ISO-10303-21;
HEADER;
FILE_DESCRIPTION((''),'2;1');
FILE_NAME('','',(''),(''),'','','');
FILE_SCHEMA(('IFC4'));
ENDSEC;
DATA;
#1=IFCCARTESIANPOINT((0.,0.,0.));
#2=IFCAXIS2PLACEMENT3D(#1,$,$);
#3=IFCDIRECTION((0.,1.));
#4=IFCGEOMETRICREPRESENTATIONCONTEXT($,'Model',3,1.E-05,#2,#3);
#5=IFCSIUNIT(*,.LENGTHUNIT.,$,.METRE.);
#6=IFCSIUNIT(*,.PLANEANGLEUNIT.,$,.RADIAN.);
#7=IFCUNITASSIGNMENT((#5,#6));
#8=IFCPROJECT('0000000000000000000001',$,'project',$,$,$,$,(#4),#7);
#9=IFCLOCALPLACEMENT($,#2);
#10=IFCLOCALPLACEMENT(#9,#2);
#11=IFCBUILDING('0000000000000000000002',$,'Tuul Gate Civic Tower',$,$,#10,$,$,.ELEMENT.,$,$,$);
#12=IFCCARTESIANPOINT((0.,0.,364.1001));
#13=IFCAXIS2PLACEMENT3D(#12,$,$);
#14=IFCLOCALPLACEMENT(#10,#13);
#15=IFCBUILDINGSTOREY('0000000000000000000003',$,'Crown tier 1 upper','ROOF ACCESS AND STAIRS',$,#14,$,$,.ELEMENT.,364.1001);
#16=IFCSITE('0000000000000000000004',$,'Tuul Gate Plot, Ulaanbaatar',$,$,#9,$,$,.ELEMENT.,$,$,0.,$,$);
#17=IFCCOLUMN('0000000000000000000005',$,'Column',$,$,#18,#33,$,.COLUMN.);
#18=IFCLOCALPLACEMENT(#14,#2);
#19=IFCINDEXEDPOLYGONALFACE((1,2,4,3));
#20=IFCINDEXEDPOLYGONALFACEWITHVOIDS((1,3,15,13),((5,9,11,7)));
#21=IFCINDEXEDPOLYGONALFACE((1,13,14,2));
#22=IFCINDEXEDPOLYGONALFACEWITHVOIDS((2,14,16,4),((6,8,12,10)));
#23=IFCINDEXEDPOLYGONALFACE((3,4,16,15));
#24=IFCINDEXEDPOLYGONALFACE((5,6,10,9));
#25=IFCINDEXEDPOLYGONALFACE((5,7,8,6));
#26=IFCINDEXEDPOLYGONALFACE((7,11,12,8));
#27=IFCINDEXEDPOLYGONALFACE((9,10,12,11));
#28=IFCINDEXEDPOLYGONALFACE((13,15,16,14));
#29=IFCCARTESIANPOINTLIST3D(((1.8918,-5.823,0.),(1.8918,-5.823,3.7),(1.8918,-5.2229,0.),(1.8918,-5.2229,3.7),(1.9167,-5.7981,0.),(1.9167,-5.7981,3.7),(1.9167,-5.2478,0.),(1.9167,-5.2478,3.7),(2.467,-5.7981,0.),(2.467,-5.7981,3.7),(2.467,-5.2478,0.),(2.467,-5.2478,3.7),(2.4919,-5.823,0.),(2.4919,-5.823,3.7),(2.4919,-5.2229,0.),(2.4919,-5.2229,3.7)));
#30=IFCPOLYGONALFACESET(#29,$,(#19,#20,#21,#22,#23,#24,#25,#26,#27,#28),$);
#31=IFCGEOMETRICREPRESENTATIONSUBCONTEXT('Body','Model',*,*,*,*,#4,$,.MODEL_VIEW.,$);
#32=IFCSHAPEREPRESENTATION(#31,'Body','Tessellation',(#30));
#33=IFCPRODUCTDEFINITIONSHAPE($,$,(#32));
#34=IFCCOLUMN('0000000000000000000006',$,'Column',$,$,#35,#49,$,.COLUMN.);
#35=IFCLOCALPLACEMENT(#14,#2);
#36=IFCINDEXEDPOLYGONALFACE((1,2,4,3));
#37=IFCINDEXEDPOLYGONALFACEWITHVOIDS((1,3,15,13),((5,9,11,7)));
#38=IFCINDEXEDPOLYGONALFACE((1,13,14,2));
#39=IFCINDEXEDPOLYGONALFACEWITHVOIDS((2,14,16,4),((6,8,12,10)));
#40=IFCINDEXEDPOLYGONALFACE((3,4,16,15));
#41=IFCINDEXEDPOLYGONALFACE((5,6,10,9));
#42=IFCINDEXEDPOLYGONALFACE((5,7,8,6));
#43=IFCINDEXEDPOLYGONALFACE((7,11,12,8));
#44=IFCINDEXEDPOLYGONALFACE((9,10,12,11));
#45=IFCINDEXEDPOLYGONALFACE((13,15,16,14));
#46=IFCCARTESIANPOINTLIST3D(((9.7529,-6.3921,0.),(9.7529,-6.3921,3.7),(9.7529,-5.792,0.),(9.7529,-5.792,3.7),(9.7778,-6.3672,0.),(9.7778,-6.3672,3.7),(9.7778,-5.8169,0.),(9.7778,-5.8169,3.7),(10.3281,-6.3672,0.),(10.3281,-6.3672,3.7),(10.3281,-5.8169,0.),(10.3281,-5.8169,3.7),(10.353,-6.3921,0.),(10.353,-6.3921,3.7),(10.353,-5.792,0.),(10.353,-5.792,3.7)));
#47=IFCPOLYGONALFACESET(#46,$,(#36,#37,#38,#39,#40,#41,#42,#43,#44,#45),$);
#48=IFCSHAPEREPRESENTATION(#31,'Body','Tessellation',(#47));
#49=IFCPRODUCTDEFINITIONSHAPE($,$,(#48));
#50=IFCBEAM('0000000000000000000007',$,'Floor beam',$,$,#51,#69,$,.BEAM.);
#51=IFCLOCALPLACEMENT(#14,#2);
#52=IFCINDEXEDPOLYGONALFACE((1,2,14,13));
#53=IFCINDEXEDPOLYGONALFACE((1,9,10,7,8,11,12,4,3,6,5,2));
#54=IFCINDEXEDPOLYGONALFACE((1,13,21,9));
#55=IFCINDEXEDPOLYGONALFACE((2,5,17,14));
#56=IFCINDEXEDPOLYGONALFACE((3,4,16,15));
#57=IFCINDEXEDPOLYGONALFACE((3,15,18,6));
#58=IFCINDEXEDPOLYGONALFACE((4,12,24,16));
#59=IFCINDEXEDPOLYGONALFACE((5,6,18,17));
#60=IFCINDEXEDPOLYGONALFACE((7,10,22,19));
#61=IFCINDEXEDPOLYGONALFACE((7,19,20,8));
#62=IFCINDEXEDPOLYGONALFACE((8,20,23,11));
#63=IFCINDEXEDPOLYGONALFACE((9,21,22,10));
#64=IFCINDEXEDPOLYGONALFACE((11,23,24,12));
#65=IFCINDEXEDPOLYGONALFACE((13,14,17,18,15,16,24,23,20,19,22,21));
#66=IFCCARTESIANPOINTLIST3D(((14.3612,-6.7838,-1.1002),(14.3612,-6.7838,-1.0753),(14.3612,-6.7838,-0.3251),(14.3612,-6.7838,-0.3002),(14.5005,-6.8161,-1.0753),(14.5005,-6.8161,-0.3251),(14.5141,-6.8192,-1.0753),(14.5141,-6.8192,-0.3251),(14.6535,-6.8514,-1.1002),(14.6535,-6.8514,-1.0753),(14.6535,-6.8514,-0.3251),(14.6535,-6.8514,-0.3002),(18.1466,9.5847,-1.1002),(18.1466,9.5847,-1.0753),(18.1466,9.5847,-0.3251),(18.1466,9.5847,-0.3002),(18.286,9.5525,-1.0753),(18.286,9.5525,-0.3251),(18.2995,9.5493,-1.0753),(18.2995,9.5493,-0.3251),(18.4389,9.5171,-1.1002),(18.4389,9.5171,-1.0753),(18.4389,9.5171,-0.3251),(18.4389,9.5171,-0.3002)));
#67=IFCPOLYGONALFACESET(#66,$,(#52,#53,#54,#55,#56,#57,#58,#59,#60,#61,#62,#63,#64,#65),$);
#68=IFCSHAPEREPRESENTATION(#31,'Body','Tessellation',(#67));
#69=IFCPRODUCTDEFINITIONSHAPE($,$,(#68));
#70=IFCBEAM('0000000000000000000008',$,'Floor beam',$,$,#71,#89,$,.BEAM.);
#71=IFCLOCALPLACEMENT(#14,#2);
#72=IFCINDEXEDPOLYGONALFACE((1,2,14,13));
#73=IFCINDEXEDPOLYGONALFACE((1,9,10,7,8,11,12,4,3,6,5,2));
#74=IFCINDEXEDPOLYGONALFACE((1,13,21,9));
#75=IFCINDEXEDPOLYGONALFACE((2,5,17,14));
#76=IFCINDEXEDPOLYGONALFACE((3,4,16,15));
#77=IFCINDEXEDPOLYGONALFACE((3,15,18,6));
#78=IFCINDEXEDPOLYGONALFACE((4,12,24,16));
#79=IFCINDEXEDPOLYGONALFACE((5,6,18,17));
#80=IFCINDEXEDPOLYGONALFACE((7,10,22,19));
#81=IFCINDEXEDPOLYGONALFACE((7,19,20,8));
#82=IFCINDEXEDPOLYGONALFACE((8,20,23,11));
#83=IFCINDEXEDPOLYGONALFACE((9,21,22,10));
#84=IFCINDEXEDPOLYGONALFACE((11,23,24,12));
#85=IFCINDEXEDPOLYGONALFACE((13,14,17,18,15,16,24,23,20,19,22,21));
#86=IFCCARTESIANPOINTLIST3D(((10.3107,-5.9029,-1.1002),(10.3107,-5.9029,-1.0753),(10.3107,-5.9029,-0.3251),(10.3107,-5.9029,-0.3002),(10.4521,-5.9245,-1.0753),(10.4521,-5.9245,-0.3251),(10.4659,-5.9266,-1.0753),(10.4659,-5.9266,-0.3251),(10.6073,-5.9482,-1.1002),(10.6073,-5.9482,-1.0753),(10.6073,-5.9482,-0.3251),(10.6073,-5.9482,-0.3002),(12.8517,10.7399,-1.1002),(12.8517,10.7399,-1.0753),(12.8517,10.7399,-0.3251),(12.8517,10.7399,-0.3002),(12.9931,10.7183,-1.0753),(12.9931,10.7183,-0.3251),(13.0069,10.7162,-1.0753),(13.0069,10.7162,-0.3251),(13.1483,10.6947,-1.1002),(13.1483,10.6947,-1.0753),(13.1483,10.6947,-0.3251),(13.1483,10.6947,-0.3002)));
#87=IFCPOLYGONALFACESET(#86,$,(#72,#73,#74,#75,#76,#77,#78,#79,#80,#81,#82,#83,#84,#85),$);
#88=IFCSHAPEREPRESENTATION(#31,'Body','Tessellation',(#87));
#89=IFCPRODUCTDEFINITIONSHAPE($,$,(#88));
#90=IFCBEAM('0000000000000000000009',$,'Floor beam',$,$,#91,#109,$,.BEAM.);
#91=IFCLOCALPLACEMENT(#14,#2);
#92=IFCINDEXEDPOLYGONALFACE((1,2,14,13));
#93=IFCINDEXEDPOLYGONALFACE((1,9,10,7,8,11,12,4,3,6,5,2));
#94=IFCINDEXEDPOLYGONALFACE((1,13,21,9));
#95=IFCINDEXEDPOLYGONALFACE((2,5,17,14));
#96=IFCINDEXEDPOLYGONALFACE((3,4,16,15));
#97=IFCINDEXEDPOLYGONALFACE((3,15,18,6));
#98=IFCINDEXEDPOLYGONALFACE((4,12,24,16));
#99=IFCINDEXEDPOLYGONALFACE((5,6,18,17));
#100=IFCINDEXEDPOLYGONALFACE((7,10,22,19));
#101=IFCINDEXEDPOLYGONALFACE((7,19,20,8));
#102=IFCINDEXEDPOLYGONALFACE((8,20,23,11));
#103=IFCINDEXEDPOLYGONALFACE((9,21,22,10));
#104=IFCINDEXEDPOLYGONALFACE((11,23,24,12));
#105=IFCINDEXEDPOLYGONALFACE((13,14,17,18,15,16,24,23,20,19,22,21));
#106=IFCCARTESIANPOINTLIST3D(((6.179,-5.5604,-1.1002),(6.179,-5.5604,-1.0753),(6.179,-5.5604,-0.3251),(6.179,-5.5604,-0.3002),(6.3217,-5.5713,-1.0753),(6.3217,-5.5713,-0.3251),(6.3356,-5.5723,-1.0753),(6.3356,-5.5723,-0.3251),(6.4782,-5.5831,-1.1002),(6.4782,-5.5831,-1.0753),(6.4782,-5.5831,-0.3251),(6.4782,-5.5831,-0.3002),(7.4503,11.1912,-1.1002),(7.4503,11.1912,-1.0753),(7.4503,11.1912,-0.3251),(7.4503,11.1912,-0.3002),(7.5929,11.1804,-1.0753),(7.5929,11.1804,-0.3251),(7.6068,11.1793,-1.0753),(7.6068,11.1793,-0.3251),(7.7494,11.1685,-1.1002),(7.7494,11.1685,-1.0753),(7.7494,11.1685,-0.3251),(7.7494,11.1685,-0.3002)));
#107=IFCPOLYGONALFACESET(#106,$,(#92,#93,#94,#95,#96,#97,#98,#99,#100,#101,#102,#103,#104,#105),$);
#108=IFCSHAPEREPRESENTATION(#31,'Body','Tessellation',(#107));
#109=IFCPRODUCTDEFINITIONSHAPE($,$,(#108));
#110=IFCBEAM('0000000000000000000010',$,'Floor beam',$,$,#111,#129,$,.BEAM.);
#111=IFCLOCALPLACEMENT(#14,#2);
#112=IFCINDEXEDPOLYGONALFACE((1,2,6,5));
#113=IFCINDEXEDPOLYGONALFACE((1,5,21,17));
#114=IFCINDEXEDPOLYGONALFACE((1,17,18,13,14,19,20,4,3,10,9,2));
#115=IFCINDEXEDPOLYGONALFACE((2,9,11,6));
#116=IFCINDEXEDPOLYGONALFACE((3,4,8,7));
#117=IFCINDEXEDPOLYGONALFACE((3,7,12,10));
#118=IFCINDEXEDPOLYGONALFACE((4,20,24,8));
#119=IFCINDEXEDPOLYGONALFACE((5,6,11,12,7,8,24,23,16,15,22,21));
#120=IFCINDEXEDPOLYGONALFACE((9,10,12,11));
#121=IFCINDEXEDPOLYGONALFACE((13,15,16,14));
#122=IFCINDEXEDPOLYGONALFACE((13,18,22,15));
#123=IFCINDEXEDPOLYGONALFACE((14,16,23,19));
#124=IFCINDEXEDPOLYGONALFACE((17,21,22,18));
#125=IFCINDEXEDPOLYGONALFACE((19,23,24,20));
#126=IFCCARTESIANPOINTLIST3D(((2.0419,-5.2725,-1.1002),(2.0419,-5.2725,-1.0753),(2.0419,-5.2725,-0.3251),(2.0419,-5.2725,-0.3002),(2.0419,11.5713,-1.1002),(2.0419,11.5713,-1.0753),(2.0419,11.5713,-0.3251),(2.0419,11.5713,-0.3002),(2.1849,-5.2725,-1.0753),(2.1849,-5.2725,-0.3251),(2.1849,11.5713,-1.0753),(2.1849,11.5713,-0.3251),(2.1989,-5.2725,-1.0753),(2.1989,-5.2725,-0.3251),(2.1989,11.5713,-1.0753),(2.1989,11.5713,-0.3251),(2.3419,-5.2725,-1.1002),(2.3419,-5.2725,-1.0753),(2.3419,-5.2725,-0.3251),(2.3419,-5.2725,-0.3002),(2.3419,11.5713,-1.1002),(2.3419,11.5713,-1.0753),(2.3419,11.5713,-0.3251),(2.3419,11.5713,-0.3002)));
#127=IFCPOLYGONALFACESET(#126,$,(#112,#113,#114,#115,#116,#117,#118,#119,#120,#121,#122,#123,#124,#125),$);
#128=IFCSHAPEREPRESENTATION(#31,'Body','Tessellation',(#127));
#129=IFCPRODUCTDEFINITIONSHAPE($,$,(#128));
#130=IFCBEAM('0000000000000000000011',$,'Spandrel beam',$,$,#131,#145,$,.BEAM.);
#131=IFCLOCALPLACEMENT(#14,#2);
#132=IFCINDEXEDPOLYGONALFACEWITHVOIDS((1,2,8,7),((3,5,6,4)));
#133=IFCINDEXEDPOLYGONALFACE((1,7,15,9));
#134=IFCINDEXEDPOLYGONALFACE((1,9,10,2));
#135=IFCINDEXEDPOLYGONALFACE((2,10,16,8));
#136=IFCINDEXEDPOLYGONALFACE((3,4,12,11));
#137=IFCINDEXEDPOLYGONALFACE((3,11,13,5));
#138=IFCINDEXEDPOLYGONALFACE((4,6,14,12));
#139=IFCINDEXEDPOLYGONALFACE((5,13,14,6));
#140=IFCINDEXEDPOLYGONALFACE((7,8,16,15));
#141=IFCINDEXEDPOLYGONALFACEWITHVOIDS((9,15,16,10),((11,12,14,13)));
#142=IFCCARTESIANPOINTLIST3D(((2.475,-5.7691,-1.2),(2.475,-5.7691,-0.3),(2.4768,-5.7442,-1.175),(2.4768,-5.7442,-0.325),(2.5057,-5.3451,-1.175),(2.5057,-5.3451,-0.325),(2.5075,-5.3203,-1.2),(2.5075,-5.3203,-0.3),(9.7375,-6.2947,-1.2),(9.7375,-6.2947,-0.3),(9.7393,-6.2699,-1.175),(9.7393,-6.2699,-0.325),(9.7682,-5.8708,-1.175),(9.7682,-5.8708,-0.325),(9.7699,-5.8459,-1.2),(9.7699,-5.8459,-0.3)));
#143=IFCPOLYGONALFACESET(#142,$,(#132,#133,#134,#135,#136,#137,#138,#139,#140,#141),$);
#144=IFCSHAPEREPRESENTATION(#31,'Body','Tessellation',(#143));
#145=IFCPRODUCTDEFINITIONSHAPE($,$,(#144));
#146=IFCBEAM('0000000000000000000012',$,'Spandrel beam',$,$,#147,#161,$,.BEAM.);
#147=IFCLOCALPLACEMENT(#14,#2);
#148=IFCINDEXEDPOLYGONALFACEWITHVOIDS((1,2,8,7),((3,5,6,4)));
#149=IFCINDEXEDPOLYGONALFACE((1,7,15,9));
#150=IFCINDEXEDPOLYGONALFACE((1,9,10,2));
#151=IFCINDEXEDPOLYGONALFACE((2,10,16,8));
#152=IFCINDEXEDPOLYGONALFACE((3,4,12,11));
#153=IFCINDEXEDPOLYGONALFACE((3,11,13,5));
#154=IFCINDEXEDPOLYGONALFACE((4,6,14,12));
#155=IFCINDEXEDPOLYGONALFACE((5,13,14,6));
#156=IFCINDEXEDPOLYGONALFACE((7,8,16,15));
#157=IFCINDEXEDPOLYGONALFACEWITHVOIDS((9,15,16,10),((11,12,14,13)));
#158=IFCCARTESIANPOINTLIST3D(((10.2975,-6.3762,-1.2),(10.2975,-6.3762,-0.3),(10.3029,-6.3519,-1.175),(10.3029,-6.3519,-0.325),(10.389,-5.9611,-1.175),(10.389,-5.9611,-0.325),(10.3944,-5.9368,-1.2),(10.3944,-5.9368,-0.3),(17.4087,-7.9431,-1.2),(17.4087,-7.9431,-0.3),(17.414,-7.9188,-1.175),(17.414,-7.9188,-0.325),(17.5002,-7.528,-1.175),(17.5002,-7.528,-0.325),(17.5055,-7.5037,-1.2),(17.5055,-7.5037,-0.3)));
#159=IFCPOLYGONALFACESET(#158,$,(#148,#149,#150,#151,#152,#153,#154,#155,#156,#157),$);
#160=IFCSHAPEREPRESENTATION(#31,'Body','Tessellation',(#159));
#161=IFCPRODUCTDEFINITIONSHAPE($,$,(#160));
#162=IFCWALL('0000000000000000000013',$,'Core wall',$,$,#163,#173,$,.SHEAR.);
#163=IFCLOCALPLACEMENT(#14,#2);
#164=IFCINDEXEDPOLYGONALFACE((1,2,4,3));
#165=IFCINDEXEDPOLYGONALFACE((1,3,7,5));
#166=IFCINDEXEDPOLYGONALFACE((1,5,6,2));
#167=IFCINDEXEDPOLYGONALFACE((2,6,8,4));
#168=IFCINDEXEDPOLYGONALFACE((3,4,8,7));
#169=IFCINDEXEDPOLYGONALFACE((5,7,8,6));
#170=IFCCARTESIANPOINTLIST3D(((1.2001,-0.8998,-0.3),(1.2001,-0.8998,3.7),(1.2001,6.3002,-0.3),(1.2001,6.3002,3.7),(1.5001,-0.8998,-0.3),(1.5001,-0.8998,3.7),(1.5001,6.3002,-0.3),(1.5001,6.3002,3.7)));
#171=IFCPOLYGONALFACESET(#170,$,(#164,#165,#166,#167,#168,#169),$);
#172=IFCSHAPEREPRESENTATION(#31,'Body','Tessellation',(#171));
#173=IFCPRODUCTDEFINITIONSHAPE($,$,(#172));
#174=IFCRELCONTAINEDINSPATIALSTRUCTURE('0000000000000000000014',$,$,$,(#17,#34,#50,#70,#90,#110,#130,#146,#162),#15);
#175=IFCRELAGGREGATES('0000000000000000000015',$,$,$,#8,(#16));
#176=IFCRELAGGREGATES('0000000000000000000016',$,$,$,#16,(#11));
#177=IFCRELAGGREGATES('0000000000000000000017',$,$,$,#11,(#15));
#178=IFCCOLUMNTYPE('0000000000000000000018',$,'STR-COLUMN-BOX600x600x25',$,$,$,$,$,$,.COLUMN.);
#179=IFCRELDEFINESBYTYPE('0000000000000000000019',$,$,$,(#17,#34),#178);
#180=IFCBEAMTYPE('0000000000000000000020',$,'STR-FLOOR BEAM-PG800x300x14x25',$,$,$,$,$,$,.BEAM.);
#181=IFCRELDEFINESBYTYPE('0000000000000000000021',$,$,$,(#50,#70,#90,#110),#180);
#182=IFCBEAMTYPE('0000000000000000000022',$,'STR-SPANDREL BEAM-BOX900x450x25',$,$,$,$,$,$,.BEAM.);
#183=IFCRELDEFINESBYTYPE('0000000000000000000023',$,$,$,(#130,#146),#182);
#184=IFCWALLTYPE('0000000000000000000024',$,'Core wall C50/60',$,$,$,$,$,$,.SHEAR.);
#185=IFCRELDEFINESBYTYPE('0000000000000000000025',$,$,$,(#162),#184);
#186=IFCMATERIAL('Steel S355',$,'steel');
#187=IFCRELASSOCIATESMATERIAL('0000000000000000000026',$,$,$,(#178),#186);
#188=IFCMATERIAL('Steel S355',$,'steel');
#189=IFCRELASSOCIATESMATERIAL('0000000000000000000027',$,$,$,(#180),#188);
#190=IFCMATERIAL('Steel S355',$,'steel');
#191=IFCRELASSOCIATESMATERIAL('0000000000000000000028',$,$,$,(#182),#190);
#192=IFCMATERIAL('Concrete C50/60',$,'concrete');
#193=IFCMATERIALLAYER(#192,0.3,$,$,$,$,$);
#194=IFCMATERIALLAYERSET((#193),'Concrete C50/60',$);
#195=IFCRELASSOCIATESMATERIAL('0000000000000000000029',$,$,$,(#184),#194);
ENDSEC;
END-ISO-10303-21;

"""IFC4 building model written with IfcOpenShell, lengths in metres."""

from ifc_helpers import new_model, si_unit, direction, frame, frame_2d, origin, origin_2d, place, context, subcontext, project, spatial, rectangle, hollow_rectangle, i_section, extrude, material, layer, layer_set, material_profile, profile_set, type_object, element, save


model = new_model("IFC4")

# Units and contexts
model_context = context("Model", 3, precision=1e-05, world=origin(), true_north=direction((0.0, 1.0)))
body_context = subcontext(model_context, "Body", "Model", "MODEL_VIEW")
ifc_project = project(units=[si_unit("LENGTHUNIT", "METRE"), si_unit("PLANEANGLEUNIT", "RADIAN")], contexts=[model_context])

# Site, building, storey
site_placement = place(None, origin())
site = spatial("IfcSite", under=ifc_project, at=site_placement, Name="Tuul Gate Plot, Ulaanbaatar", CompositionType="ELEMENT", RefElevation=0.0)
building_placement = place(site_placement, origin())
building = spatial("IfcBuilding", under=site, at=building_placement, Name="Tuul Gate Civic Tower", CompositionType="ELEMENT")
storey_placement = place(building_placement, frame((0.0, 0.0, 364.1001)))
storey = spatial("IfcBuildingStorey", under=building, at=storey_placement, Name="Crown tier 1 upper", Description="ROOF ACCESS AND STAIRS", CompositionType="ELEMENT", Elevation=364.1001)

# Columns
ifc_material_1 = material(Name="Steel S355", Category="steel")
ifc_material_profile_1 = material_profile(ifc_material_1, hollow_rectangle(XDim=0.6001, YDim=0.6001, WallThickness=0.0249, at=origin_2d()), Name="BOX600x600x25")
ifc_profile_set_1 = profile_set([ifc_material_profile_1], Name="Steel S355")
column_type = type_object("IfcColumnType", Name="STR-COLUMN-BOX600x600x25", PredefinedType="COLUMN", material=ifc_profile_set_1)
for number, where, z_axis, x_axis, name in (
    (1, (2.1919, -5.5229, 0.0), (0.0, 0.0, 1.0), (1.0, 0.0, 0.0), "Column"),
    (2, (10.053, -6.092, 0.0), (0.0, 0.0, 1.0), (1.0, 0.0, 0.0), "Column"),
):
    element("IfcColumn", number, at=place(storey_placement, frame(where, z_axis=z_axis, x_axis=x_axis)), inside=storey, type_object=column_type, Name=name, PredefinedType="COLUMN", context=body_context, shape_type="SweptSolid", body=[
        extrude(hollow_rectangle(XDim=0.6001, YDim=0.6001, WallThickness=0.0249, at=origin_2d()), origin(), (0.0, 0.0, 1.0), 3.7),
    ])

# Beams
ifc_material_2 = material(Name="Steel S355", Category="steel")
ifc_material_profile_2 = material_profile(ifc_material_2, i_section(OverallWidth=0.3, OverallDepth=0.8, WebThickness=0.0139, FlangeThickness=0.0249, at=origin_2d()), Name="PG800x300x14x25")
ifc_profile_set_2 = profile_set([ifc_material_profile_2], Name="Steel S355")
beam_type_1 = type_object("IfcBeamType", Name="STR-FLOOR BEAM-PG800x300x14x25", PredefinedType="BEAM", material=ifc_profile_set_2)
beam_1_placement = place(storey_placement, frame((14.5073, -6.8176, -0.7002), z_axis=(0.225316, 0.974286, 0.0), x_axis=(-0.974286, 0.225316, 0.0)))
element("IfcBeam", 3, at=beam_1_placement, inside=storey, type_object=beam_type_1, Name="Floor beam", PredefinedType="BEAM", context=body_context, shape_type="SweptSolid", body=[
    extrude(i_section(OverallWidth=0.3, OverallDepth=0.8, WebThickness=0.0139, FlangeThickness=0.0249, at=origin_2d()), origin(), (0.0, 0.0, 1.0), 16.8005),
])
beam_2_placement = place(storey_placement, frame((10.459, -5.9255, -0.7002), z_axis=(0.15093, 0.988544, 0.0), x_axis=(-0.988544, 0.15093, 0.0)))
element("IfcBeam", 4, at=beam_2_placement, inside=storey, type_object=beam_type_1, Name="Floor beam", PredefinedType="BEAM", context=body_context, shape_type="SweptSolid", body=[
    extrude(i_section(OverallWidth=0.3, OverallDepth=0.8, WebThickness=0.0139, FlangeThickness=0.0249, at=origin_2d()), origin(), (0.0, 0.0, 1.0), 16.8357),
])
beam_3_placement = place(storey_placement, frame((6.3286, -5.5718, -0.7002), z_axis=(0.07567, 0.997133, 0.0), x_axis=(-0.997133, 0.07567, 0.0)))
element("IfcBeam", 5, at=beam_3_placement, inside=storey, type_object=beam_type_1, Name="Floor beam", PredefinedType="BEAM", context=body_context, shape_type="SweptSolid", body=[
    extrude(i_section(OverallWidth=0.3, OverallDepth=0.8, WebThickness=0.0139, FlangeThickness=0.0249, at=origin_2d()), origin(), (0.0, 0.0, 1.0), 16.7998),
])
beam_4_placement = place(storey_placement, frame((2.1919, -5.2725, -0.7002), z_axis=(0.0, 1.0, 0.0), x_axis=(-1.0, 0.0, 0.0)))
element("IfcBeam", 6, at=beam_4_placement, inside=storey, type_object=beam_type_1, Name="Floor beam", PredefinedType="BEAM", context=body_context, shape_type="SweptSolid", body=[
    extrude(i_section(OverallWidth=0.3, OverallDepth=0.8, WebThickness=0.0139, FlangeThickness=0.0249, at=origin_2d()), origin(), (0.0, 0.0, 1.0), 16.8438),
])
ifc_material_3 = material(Name="Steel S355", Category="steel")
ifc_material_profile_3 = material_profile(ifc_material_3, hollow_rectangle(XDim=0.45, YDim=0.8999, WallThickness=0.0249, at=origin_2d()), Name="BOX900x450x25")
ifc_profile_set_3 = profile_set([ifc_material_profile_3], Name="Steel S355")
beam_type_2 = type_object("IfcBeamType", Name="STR-SPANDREL BEAM-BOX900x450x25", PredefinedType="BEAM", material=ifc_profile_set_3)
beam_5_placement = place(storey_placement, frame((2.4912, -5.5447, -0.75), z_axis=(0.997391, -0.072188, 0.0), x_axis=(0.072188, 0.997391, 0.0)))
element("IfcBeam", 7, at=beam_5_placement, inside=storey, type_object=beam_type_2, Name="Spandrel beam", PredefinedType="BEAM", context=body_context, shape_type="SweptSolid", body=[
    extrude(hollow_rectangle(XDim=0.45, YDim=0.8999, WallThickness=0.0249, at=origin_2d()), origin(), (0.0, 0.0, 1.0), 7.2815),
])
beam_6_placement = place(storey_placement, frame((10.3459, -6.1565, -0.75), z_axis=(0.976574, -0.215183, 0.0), x_axis=(0.215183, 0.976574, 0.0)))
element("IfcBeam", 8, at=beam_6_placement, inside=storey, type_object=beam_type_2, Name="Spandrel beam", PredefinedType="BEAM", context=body_context, shape_type="SweptSolid", body=[
    extrude(hollow_rectangle(XDim=0.45, YDim=0.8999, WallThickness=0.0249, at=origin_2d()), origin(), (0.0, 0.0, 1.0), 7.2817),
])

# Wall
ifc_material_4 = material(Name="Concrete C50/60", Category="concrete")
ifc_layer_1 = layer(ifc_material_4, 0.3)
ifc_layer_set_1 = layer_set([ifc_layer_1], Name="Concrete C50/60")
wall_type_1 = type_object("IfcWallType", Name="Core wall C50/60", PredefinedType="SHEAR", material=ifc_layer_set_1)
wall_1_placement = place(storey_placement, frame((1.3501, -0.8999, -0.3), z_axis=(0.0, 0.0, 1.0), x_axis=(0.0, 1.0, 0.0)))
element("IfcWall", 9, at=wall_1_placement, inside=storey, type_object=wall_type_1, Name="Core wall", PredefinedType="SHEAR", context=body_context, shape_type="SweptSolid", body=[
    extrude(rectangle(XDim=7.2, YDim=0.3, at=frame_2d((3.6001, 0.0))), origin(), (0.0, 0.0, 1.0), 4.0),
])

save(model, "model.ifc")
